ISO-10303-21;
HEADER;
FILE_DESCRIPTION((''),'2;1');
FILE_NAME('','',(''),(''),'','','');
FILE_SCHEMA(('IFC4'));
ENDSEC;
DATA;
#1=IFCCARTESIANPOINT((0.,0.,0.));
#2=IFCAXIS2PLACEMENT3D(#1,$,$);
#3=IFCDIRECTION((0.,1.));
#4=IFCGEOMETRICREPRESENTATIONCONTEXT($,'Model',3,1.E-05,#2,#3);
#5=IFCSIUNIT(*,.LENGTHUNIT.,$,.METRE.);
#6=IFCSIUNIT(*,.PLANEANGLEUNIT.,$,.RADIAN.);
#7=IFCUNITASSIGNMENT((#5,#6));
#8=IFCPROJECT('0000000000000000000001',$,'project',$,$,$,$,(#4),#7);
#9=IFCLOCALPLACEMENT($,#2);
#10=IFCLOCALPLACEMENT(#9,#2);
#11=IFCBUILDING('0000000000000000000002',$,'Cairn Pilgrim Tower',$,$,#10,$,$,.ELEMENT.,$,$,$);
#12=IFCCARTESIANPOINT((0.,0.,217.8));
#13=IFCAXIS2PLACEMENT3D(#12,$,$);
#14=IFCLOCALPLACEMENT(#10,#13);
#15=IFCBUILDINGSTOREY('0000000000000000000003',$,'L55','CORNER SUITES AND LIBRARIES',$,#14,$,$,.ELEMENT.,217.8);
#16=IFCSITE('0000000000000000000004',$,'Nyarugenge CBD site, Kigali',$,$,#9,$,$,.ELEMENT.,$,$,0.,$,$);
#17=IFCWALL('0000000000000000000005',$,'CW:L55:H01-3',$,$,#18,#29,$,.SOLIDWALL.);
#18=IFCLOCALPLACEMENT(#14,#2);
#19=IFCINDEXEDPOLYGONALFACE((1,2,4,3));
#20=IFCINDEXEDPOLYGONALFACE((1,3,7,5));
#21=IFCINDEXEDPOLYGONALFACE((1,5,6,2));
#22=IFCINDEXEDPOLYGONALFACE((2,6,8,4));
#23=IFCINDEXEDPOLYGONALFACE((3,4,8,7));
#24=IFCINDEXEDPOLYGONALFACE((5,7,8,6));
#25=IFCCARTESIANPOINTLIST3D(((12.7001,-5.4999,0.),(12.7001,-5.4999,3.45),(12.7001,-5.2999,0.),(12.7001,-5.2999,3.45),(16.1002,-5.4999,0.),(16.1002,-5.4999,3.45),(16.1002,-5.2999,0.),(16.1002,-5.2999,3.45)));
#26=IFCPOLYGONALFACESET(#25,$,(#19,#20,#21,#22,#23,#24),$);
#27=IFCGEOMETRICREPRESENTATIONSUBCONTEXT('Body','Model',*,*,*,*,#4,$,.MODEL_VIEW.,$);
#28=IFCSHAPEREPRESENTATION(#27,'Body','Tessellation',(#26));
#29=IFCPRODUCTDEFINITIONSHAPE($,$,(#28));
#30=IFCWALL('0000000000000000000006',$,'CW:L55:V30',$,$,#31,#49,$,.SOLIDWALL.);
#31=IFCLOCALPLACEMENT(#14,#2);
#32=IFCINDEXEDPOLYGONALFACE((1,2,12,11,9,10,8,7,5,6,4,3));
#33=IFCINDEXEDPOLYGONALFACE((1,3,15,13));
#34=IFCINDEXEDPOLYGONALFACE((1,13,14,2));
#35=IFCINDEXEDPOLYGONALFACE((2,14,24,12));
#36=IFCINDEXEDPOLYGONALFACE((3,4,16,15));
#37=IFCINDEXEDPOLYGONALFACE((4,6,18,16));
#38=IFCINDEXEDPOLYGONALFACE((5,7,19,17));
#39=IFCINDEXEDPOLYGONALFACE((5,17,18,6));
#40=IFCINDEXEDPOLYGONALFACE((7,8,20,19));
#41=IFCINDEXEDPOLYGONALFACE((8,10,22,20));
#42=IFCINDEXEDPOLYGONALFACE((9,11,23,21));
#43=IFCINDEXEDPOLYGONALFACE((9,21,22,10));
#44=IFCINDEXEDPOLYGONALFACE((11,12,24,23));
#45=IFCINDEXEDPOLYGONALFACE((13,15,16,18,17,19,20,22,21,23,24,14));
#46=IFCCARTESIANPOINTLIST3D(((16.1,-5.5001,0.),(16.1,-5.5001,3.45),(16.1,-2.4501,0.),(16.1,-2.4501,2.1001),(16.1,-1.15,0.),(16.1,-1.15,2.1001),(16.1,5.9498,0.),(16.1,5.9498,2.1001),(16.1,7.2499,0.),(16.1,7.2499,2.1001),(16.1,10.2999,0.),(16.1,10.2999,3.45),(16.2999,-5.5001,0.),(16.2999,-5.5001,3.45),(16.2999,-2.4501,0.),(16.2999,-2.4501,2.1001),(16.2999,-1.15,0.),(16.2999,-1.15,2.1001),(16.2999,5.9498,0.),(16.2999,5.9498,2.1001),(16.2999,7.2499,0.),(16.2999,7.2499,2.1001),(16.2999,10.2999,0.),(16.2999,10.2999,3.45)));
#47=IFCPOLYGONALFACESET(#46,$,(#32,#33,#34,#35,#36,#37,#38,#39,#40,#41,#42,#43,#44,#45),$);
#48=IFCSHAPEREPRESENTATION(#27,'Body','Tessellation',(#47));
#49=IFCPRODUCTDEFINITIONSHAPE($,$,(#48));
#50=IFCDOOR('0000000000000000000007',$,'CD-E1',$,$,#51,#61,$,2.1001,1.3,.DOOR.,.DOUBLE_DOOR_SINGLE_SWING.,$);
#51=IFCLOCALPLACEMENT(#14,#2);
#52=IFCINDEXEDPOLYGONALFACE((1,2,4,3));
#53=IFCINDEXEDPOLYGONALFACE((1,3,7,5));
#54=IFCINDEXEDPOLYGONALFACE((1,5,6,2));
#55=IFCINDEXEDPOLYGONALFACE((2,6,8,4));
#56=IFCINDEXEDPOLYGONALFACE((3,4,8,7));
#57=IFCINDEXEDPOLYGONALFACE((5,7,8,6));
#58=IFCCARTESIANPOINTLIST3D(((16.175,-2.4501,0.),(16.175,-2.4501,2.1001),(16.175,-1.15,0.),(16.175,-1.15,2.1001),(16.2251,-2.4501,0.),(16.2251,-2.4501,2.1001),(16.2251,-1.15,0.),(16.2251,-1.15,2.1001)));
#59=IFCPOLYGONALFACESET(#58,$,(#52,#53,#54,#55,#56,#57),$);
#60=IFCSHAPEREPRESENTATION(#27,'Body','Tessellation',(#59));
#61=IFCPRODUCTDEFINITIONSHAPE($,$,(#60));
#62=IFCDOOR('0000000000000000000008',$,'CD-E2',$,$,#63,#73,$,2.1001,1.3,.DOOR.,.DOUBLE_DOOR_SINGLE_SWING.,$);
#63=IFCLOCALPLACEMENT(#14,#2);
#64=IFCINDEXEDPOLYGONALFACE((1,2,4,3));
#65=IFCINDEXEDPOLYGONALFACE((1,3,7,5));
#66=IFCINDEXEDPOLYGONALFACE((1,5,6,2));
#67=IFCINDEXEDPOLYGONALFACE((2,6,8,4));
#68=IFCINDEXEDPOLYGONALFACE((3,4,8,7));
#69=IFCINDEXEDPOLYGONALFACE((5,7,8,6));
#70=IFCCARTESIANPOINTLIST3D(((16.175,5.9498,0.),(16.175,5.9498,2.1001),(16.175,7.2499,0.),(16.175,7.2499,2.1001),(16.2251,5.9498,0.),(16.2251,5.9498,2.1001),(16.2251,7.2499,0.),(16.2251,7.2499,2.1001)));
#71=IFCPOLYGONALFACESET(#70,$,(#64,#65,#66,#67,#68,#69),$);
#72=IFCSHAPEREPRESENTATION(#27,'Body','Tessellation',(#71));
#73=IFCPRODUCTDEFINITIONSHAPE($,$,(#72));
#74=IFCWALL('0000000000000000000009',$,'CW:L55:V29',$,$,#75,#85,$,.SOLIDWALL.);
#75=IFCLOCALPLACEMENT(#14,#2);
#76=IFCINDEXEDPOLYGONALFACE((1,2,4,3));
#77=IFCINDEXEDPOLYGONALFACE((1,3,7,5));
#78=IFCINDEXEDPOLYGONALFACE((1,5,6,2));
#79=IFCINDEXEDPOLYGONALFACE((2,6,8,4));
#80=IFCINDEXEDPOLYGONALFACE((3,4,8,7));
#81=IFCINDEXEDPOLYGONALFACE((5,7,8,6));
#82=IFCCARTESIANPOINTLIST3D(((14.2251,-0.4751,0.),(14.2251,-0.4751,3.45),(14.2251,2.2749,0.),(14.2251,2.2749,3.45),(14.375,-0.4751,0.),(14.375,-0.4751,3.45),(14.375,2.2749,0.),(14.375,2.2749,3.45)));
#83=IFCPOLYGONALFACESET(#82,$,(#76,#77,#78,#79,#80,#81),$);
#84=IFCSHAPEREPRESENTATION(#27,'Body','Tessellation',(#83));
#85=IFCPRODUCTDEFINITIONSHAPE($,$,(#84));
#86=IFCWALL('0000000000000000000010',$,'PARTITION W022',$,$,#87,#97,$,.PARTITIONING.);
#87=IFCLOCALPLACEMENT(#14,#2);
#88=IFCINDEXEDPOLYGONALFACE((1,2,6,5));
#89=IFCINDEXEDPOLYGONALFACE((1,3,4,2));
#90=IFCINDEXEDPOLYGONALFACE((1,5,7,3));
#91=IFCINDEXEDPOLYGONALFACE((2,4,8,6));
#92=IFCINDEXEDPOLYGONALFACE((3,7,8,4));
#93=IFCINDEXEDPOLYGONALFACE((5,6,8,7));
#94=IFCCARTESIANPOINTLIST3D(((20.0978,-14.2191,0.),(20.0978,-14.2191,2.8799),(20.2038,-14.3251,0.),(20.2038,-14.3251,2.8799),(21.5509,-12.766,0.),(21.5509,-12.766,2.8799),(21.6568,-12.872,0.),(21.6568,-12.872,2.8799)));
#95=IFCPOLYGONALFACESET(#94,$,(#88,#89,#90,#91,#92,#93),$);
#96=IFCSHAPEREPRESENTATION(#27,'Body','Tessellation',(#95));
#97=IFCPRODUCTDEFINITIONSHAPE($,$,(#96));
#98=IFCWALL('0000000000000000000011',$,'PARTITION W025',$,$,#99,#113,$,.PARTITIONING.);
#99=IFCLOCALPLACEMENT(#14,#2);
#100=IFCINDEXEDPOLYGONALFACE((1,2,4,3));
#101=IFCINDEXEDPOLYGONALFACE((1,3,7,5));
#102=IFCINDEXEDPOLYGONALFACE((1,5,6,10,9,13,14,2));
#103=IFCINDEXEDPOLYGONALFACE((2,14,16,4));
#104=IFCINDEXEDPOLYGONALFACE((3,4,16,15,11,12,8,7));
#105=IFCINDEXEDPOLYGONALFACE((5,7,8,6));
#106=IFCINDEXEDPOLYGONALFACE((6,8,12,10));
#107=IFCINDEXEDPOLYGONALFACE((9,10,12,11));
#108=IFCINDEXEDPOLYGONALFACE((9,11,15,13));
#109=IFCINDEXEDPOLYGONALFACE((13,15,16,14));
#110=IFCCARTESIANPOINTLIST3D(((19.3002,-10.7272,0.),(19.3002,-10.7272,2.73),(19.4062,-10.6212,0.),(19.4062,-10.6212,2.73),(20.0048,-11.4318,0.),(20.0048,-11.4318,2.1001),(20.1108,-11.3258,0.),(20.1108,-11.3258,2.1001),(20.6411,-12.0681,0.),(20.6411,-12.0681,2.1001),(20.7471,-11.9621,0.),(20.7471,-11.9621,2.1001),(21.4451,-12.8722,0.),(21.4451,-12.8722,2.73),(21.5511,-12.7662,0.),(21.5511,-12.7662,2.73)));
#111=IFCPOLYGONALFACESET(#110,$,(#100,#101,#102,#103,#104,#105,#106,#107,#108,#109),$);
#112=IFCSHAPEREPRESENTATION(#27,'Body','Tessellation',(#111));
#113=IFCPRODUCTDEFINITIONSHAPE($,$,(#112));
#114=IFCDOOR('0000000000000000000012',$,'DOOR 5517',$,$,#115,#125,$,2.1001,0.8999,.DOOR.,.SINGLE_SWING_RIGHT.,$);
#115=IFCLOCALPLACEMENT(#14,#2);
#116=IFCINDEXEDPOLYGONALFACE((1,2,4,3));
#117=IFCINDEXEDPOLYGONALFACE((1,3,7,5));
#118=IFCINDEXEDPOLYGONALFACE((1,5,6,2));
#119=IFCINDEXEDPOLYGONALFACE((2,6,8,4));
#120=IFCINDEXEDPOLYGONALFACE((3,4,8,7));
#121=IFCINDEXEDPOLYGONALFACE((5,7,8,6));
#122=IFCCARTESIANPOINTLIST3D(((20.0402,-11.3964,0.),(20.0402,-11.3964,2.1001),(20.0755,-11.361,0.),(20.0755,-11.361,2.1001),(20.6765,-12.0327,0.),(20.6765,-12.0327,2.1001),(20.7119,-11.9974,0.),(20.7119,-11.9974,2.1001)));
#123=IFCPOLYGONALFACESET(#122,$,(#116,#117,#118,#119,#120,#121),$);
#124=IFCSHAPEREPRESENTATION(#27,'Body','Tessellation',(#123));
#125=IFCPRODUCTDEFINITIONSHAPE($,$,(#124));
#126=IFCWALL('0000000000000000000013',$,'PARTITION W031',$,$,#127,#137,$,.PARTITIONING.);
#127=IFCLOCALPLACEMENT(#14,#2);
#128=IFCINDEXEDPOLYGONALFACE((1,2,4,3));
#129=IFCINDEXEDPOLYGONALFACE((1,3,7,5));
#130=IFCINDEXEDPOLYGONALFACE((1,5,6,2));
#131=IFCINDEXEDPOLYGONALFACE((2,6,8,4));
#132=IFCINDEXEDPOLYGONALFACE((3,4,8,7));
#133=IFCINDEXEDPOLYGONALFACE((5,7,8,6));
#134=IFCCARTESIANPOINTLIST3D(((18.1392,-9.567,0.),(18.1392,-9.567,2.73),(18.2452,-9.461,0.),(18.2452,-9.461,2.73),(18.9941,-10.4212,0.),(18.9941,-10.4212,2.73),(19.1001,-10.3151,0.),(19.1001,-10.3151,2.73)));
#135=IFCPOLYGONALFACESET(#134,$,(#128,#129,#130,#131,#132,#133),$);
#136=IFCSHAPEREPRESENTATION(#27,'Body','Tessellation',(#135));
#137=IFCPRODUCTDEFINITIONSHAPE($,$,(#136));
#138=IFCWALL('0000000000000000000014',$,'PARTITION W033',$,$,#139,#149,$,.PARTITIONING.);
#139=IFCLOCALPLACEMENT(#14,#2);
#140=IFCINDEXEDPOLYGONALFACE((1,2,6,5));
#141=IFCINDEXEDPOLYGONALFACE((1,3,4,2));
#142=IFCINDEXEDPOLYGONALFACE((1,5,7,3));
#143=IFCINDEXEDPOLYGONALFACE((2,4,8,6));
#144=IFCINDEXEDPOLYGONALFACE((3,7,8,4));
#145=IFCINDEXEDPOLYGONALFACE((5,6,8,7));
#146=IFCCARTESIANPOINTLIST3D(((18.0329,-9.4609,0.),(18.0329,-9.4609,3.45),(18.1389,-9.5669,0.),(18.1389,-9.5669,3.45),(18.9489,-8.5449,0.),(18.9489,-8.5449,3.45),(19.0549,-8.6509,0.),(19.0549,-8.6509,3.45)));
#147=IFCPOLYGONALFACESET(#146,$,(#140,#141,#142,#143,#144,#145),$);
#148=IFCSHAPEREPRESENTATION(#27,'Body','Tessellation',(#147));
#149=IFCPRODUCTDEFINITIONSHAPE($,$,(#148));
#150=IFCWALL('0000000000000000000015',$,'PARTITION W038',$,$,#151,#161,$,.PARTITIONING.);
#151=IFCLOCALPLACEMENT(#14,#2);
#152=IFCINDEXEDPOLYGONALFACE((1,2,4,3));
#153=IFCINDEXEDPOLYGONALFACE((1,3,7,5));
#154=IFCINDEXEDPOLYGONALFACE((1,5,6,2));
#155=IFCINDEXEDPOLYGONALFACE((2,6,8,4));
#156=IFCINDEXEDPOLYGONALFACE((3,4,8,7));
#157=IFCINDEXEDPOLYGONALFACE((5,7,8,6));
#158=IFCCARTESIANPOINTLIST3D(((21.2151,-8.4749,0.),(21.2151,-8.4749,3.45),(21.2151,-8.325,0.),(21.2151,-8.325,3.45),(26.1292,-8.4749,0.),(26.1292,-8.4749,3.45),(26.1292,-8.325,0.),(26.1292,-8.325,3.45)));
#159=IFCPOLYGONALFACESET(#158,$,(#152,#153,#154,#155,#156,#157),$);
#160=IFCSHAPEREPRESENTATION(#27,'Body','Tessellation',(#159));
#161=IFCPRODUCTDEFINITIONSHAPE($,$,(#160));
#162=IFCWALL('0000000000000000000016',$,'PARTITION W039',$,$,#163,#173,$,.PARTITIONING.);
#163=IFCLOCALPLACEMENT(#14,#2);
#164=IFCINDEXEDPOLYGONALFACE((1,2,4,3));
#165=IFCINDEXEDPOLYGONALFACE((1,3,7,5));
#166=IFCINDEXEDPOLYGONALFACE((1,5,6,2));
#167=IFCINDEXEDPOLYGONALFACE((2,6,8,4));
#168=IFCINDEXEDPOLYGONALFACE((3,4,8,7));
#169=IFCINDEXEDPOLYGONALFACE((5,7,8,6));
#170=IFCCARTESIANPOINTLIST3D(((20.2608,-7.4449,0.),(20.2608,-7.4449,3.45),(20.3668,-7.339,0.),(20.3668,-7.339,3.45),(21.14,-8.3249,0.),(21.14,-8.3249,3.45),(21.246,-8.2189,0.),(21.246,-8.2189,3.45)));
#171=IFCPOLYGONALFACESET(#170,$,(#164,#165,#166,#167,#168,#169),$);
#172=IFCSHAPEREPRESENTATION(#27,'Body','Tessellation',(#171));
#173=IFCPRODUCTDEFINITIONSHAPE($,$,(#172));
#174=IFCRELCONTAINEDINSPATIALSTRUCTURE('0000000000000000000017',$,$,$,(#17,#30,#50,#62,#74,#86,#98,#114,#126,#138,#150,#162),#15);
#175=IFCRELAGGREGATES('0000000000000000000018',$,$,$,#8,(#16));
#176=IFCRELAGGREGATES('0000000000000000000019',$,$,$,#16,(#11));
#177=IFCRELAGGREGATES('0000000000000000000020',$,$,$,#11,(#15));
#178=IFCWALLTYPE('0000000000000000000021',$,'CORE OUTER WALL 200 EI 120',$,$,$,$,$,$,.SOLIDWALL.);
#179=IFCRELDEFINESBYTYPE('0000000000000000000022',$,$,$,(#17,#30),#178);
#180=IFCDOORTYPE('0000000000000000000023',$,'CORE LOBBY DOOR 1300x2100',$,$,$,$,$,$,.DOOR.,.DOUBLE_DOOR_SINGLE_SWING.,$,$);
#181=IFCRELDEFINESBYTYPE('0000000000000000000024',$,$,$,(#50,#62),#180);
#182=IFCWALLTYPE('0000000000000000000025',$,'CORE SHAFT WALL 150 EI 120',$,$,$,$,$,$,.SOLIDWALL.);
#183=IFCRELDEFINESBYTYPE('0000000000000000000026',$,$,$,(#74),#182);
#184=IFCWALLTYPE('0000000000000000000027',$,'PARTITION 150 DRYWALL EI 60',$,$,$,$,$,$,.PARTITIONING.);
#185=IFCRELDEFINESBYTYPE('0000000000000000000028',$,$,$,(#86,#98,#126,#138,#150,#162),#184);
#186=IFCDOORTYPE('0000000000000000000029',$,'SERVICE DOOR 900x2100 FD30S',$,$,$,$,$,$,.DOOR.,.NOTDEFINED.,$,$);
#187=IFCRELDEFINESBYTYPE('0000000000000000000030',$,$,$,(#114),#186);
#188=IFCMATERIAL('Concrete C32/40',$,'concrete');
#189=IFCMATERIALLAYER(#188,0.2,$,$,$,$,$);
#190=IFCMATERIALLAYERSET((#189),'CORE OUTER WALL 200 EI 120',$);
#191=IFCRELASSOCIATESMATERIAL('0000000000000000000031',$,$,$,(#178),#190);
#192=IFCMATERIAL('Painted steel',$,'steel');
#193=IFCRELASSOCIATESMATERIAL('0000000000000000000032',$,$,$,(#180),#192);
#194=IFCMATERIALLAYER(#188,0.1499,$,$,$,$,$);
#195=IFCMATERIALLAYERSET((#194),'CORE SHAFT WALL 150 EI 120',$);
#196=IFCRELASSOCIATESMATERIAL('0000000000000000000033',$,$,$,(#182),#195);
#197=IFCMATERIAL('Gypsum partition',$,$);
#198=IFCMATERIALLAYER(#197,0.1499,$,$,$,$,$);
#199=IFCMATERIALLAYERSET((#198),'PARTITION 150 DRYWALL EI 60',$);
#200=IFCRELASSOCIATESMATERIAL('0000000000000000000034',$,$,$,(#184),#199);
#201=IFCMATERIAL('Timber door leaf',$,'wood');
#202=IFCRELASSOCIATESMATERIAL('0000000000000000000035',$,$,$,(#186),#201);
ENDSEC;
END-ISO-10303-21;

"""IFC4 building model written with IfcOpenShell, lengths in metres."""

from ifc_helpers import new_model, si_unit, direction, frame, frame_2d, origin, place, context, subcontext, project, spatial, rectangle, extrude, material, layer, layer_set, type_object, element, fill, save


model = new_model("IFC4")

# Units and contexts
model_context = context("Model", 3, precision=1e-05, world=origin(), true_north=direction((0.0, 1.0)))
body_context = subcontext(model_context, "Body", "Model", "MODEL_VIEW")
ifc_project = project(units=[si_unit("LENGTHUNIT", "METRE"), si_unit("PLANEANGLEUNIT", "RADIAN")], contexts=[model_context])

# Site, building, storey
site_placement = place(None, origin())
site = spatial("IfcSite", under=ifc_project, at=site_placement, Name="Nyarugenge CBD site, Kigali", CompositionType="ELEMENT", RefElevation=0.0)
building_placement = place(site_placement, origin())
building = spatial("IfcBuilding", under=site, at=building_placement, Name="Cairn Pilgrim Tower", CompositionType="ELEMENT")
storey_placement = place(building_placement, frame((0.0, 0.0, 217.8)))
storey = spatial("IfcBuildingStorey", under=building, at=storey_placement, Name="L55", Description="CORNER SUITES AND LIBRARIES", CompositionType="ELEMENT", Elevation=217.8)

# Wall
ifc_material_1 = material(Name="Concrete C32/40", Category="concrete")
ifc_layer_1 = layer(ifc_material_1, 0.2)
ifc_layer_set_1 = layer_set([ifc_layer_1], Name="CORE OUTER WALL 200 EI 120")
wall_type_1 = type_object("IfcWallType", Name="CORE OUTER WALL 200 EI 120", PredefinedType="SOLIDWALL", material=ifc_layer_set_1)
wall_1_placement = place(storey_placement, frame((12.7, -5.3999, 0.0), z_axis=(0.0, 0.0, 1.0), x_axis=(1.0, 0.0, 0.0)))
element("IfcWall", 1, at=wall_1_placement, inside=storey, type_object=wall_type_1, Name="CW:L55:H01-3", PredefinedType="SOLIDWALL", context=body_context, shape_type="SweptSolid", body=[
    extrude(rectangle(XDim=3.4001, YDim=0.2, at=frame_2d((1.7002, 0.0))), origin(), (0.0, 0.0, 1.0), 3.45),
])

# Wall, openings, doors
wall_2_placement = place(storey_placement, frame((16.2, -5.5, 0.0), z_axis=(0.0, 0.0, 1.0), x_axis=(0.0, 1.0, 0.0)))
wall_2 = element("IfcWall", 2, at=wall_2_placement, inside=storey, type_object=wall_type_1, Name="CW:L55:V30", PredefinedType="SOLIDWALL", context=body_context, shape_type="SweptSolid", body=[
    extrude(rectangle(XDim=15.8, YDim=0.2, at=frame_2d((7.8999, 0.0))), origin(), (0.0, 0.0, 1.0), 3.45),
])
opening_1_placement = place(wall_2_placement, frame((3.05, 0.0, 0.0)))
opening_1 = element("IfcOpeningElement", 3, at=opening_1_placement, cuts=wall_2, PredefinedType="OPENING", context=body_context, shape_type="SweptSolid", body=[
    extrude(rectangle(XDim=1.3, YDim=2.1001, at=frame_2d((0.6499, 1.05))), frame((0.0, 0.1099, 0.0), z_axis=(0.0, -1.0, 0.0), x_axis=(1.0, 0.0, 0.0)), (0.0, 0.0, 1.0), 0.22),
])
opening_2_placement = place(wall_2_placement, frame((11.45, 0.0, 0.0)))
opening_2 = element("IfcOpeningElement", 4, at=opening_2_placement, cuts=wall_2, PredefinedType="OPENING", context=body_context, shape_type="SweptSolid", body=[
    extrude(rectangle(XDim=1.3, YDim=2.1001, at=frame_2d((0.6499, 1.05))), frame((0.0, 0.1099, 0.0), z_axis=(0.0, -1.0, 0.0), x_axis=(1.0, 0.0, 0.0)), (0.0, 0.0, 1.0), 0.22),
])
ifc_material_2 = material(Name="Painted steel", Category="steel")
door_type_1 = type_object("IfcDoorType", Name="CORE LOBBY DOOR 1300x2100", OperationType="DOUBLE_DOOR_SINGLE_SWING", PredefinedType="DOOR", material=ifc_material_2)
door_1_placement = place(opening_1_placement, origin())
door_1 = element("IfcDoor", 5, at=door_1_placement, inside=storey, type_object=door_type_1, Name="CD-E1", OperationType="DOUBLE_DOOR_SINGLE_SWING", OverallHeight=2.1001, OverallWidth=1.3, PredefinedType="DOOR", context=body_context, shape_type="SweptSolid", body=[
    extrude(rectangle(XDim=1.3, YDim=2.1001, at=frame_2d((0.6499, 1.05))), frame((0.0, 0.0249, 0.0), z_axis=(0.0, -1.0, 0.0), x_axis=(1.0, 0.0, 0.0)), (0.0, 0.0, 1.0), 0.05),
])
fill(opening_1, door_1)
door_2_placement = place(opening_2_placement, origin())
door_2 = element("IfcDoor", 6, at=door_2_placement, inside=storey, type_object=door_type_1, Name="CD-E2", OperationType="DOUBLE_DOOR_SINGLE_SWING", OverallHeight=2.1001, OverallWidth=1.3, PredefinedType="DOOR", context=body_context, shape_type="SweptSolid", body=[
    extrude(rectangle(XDim=1.3, YDim=2.1001, at=frame_2d((0.6499, 1.05))), frame((0.0, 0.0249, 0.0), z_axis=(0.0, -1.0, 0.0), x_axis=(1.0, 0.0, 0.0)), (0.0, 0.0, 1.0), 0.05),
])
fill(opening_2, door_2)

# Walls
ifc_layer_2 = layer(ifc_material_1, 0.1499)
ifc_layer_set_2 = layer_set([ifc_layer_2], Name="CORE SHAFT WALL 150 EI 120")
wall_type_2 = type_object("IfcWallType", Name="CORE SHAFT WALL 150 EI 120", PredefinedType="SOLIDWALL", material=ifc_layer_set_2)
wall_3_placement = place(storey_placement, frame((14.3, -0.4751, 0.0), z_axis=(0.0, 0.0, 1.0), x_axis=(0.0, 1.0, 0.0)))
element("IfcWall", 7, at=wall_3_placement, inside=storey, type_object=wall_type_2, Name="CW:L55:V29", PredefinedType="SOLIDWALL", context=body_context, shape_type="SweptSolid", body=[
    extrude(rectangle(XDim=2.75, YDim=0.1499, at=frame_2d((1.375, 0.0))), origin(), (0.0, 0.0, 1.0), 3.45),
])
ifc_material_3 = material(Name="Gypsum partition")
ifc_layer_3 = layer(ifc_material_3, 0.1499)
ifc_layer_set_3 = layer_set([ifc_layer_3], Name="PARTITION 150 DRYWALL EI 60")
wall_type_3 = type_object("IfcWallType", Name="PARTITION 150 DRYWALL EI 60", PredefinedType="PARTITIONING", material=ifc_layer_set_3)
wall_4_placement = place(storey_placement, frame((20.1509, -14.272, 0.0), z_axis=(0.0, 0.0, 1.0), x_axis=(0.707107, 0.707107, 0.0)))
element("IfcWall", 8, at=wall_4_placement, inside=storey, type_object=wall_type_3, Name="PARTITION W022", PredefinedType="PARTITIONING", context=body_context, shape_type="SweptSolid", body=[
    extrude(rectangle(XDim=2.0549, YDim=0.1499, at=frame_2d((1.0273, 0.0))), origin(), (0.0, 0.0, 1.0), 2.8799),
])

# Wall, opening, door
wall_5_placement = place(storey_placement, frame((21.498, -12.8191, 0.0), z_axis=(0.0, 0.0, 1.0), x_axis=(-0.707107, 0.707107, 0.0)))
wall_5 = element("IfcWall", 9, at=wall_5_placement, inside=storey, type_object=wall_type_3, Name="PARTITION W025", PredefinedType="PARTITIONING", context=body_context, shape_type="SweptSolid", body=[
    extrude(rectangle(XDim=3.0334, YDim=0.1499, at=frame_2d((1.5166, 0.0))), origin(), (0.0, 0.0, 1.0), 2.73),
])
opening_3_placement = place(wall_5_placement, frame((1.137, 0.0, 0.0)))
opening_3 = element("IfcOpeningElement", 10, at=opening_3_placement, cuts=wall_5, PredefinedType="OPENING", context=body_context, shape_type="SweptSolid", body=[
    extrude(rectangle(XDim=0.8999, YDim=2.1001, at=frame_2d((0.45, 1.05))), frame((0.0, 0.085, 0.0), z_axis=(0.0, -1.0, 0.0), x_axis=(1.0, 0.0, 0.0)), (0.0, 0.0, 1.0), 0.1699),
])
ifc_material_4 = material(Name="Timber door leaf", Category="wood")
door_type_2 = type_object("IfcDoorType", Name="SERVICE DOOR 900x2100 FD30S", OperationType="NOTDEFINED", PredefinedType="DOOR", material=ifc_material_4)
door_3_placement = place(opening_3_placement, origin())
door_3 = element("IfcDoor", 11, at=door_3_placement, inside=storey, type_object=door_type_2, Name="DOOR 5517", OperationType="SINGLE_SWING_RIGHT", OverallHeight=2.1001, OverallWidth=0.8999, PredefinedType="DOOR", context=body_context, shape_type="SweptSolid", body=[
    extrude(rectangle(XDim=0.8999, YDim=2.1001, at=frame_2d((0.45, 1.05))), frame((0.0, 0.0249, 0.0), z_axis=(0.0, -1.0, 0.0), x_axis=(1.0, 0.0, 0.0)), (0.0, 0.0, 1.0), 0.05),
])
fill(opening_3, door_3)

# Walls
wall_6_placement = place(storey_placement, frame((19.0471, -10.3682, 0.0), z_axis=(0.0, 0.0, 1.0), x_axis=(-0.70741, 0.706804, 0.0)))
element("IfcWall", 12, at=wall_6_placement, inside=storey, type_object=wall_type_3, Name="PARTITION W031", PredefinedType="PARTITIONING", context=body_context, shape_type="SweptSolid", body=[
    extrude(rectangle(XDim=1.2085, YDim=0.1499, at=frame_2d((0.6042, 0.0))), origin(), (0.0, 0.0, 1.0), 2.73),
])
wall_7_placement = place(storey_placement, frame((18.0859, -9.5139, 0.0), z_axis=(0.0, 0.0, 1.0), x_axis=(0.707107, 0.707107, 0.0)))
element("IfcWall", 13, at=wall_7_placement, inside=storey, type_object=wall_type_3, Name="PARTITION W033", PredefinedType="PARTITIONING", context=body_context, shape_type="SweptSolid", body=[
    extrude(rectangle(XDim=1.2954, YDim=0.1499, at=frame_2d((0.6477, 0.0))), origin(), (0.0, 0.0, 1.0), 3.45),
])
wall_8_placement = place(storey_placement, frame((21.2151, -8.3999, 0.0), z_axis=(0.0, 0.0, 1.0), x_axis=(1.0, 0.0, 0.0)))
element("IfcWall", 14, at=wall_8_placement, inside=storey, type_object=wall_type_3, Name="PARTITION W038", PredefinedType="PARTITIONING", context=body_context, shape_type="SweptSolid", body=[
    extrude(rectangle(XDim=4.9141, YDim=0.1499, at=frame_2d((2.457, 0.0))), origin(), (0.0, 0.0, 1.0), 3.45),
])
wall_9_placement = place(storey_placement, frame((21.1931, -8.272, 0.0), z_axis=(0.0, 0.0, 1.0), x_axis=(-0.706812, 0.707401, 0.0)))
element("IfcWall", 15, at=wall_9_placement, inside=storey, type_object=wall_type_3, Name="PARTITION W039", PredefinedType="PARTITIONING", context=body_context, shape_type="SweptSolid", body=[
    extrude(rectangle(XDim=1.2439, YDim=0.1499, at=frame_2d((0.6221, 0.0))), origin(), (0.0, 0.0, 1.0), 3.45),
])

save(model, "model.ifc")
